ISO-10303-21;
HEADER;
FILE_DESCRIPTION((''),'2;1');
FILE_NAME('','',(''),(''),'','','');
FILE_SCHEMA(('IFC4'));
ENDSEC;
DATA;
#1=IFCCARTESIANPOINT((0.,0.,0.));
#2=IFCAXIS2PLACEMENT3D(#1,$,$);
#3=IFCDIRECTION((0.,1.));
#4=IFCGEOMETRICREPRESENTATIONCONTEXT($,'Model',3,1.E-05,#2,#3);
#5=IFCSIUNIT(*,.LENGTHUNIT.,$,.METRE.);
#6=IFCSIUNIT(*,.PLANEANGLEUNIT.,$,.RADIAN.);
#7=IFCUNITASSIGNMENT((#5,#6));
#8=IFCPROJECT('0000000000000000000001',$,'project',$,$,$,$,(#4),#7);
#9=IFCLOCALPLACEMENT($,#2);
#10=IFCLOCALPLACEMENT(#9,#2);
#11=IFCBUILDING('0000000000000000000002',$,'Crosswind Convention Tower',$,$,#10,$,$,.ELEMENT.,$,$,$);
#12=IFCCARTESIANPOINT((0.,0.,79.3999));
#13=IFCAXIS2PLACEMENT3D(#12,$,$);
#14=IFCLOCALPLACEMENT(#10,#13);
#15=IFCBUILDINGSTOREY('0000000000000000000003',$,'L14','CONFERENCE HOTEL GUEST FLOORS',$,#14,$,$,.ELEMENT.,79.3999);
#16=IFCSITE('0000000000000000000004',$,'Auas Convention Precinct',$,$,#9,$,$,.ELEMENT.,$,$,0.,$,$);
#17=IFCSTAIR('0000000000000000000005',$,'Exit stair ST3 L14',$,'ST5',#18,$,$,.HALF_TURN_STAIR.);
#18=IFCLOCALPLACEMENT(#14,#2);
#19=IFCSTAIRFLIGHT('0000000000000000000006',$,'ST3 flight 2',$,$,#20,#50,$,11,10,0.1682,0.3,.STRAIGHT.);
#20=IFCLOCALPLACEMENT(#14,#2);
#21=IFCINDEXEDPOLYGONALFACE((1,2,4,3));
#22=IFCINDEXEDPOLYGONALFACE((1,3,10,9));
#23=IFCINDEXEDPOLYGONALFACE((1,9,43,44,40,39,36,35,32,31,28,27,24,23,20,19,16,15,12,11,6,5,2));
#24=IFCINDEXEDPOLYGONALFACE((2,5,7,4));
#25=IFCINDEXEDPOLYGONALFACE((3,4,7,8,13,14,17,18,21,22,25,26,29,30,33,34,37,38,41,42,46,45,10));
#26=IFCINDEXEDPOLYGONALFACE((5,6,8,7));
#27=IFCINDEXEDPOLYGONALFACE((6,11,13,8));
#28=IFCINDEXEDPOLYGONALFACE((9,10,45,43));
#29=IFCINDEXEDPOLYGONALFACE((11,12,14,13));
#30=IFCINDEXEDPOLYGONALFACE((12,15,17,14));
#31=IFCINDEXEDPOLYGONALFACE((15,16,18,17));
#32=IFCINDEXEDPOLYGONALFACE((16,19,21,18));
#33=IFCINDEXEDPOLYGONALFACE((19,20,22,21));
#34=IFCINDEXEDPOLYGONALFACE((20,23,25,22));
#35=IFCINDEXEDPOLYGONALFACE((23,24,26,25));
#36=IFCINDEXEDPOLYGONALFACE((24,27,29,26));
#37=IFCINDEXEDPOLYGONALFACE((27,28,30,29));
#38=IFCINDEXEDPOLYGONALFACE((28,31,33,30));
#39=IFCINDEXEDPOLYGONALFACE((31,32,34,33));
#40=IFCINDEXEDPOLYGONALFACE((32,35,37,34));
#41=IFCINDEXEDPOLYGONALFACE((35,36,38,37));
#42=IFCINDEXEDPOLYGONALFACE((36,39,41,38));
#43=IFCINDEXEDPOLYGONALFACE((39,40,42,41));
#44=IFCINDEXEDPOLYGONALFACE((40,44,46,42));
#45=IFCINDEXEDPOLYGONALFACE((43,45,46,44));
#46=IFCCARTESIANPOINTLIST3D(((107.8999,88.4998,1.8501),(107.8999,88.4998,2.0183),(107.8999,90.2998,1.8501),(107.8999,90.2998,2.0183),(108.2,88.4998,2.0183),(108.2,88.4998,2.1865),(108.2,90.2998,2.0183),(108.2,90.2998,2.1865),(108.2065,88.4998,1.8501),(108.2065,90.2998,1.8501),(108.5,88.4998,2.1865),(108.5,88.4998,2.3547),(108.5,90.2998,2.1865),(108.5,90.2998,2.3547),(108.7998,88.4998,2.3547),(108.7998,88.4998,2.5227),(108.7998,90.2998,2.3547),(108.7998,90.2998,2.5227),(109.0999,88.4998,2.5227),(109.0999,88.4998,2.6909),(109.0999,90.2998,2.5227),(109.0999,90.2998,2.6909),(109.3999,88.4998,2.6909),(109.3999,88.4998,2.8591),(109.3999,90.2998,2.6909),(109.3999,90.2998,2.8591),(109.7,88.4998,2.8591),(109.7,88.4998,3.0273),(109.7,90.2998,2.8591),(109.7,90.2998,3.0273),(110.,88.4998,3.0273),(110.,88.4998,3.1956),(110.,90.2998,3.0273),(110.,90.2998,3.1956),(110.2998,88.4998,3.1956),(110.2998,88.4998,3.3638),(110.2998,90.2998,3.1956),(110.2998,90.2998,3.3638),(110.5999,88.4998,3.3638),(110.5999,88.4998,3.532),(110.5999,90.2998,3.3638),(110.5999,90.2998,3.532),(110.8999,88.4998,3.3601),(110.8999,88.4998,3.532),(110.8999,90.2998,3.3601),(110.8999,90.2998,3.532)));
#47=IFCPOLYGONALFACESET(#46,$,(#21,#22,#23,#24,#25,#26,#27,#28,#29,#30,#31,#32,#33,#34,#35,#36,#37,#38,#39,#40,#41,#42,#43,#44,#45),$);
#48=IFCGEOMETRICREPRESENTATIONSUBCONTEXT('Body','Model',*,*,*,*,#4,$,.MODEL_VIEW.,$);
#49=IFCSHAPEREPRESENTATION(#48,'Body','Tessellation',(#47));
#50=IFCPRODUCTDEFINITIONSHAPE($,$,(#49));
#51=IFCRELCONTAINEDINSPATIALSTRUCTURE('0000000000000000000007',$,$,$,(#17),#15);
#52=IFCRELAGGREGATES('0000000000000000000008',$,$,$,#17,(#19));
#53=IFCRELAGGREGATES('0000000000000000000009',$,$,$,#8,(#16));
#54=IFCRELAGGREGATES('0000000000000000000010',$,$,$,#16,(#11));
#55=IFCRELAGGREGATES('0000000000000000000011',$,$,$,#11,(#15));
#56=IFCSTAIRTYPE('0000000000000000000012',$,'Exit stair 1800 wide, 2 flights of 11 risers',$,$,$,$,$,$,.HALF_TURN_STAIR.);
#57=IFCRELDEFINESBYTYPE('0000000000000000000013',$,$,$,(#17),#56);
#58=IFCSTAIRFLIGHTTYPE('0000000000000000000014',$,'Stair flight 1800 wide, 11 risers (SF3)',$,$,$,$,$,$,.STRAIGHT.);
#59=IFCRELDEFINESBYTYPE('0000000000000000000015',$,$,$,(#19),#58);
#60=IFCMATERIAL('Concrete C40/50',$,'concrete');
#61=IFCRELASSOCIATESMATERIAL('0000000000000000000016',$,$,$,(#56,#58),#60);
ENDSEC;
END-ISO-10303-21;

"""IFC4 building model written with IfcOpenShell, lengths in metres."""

from ifc_helpers import new_model, si_unit, direction, frame, origin, place, context, subcontext, project, spatial, polyline, outline, extrude, material, type_object, element, aggregate, save


model = new_model("IFC4")

# Units and contexts
model_context = context("Model", 3, precision=1e-05, world=origin(), true_north=direction((0.0, 1.0)))
body_context = subcontext(model_context, "Body", "Model", "MODEL_VIEW")
ifc_project = project(units=[si_unit("LENGTHUNIT", "METRE"), si_unit("PLANEANGLEUNIT", "RADIAN")], contexts=[model_context])

# Site, building, storey
site_placement = place(None, origin())
site = spatial("IfcSite", under=ifc_project, at=site_placement, Name="Auas Convention Precinct", CompositionType="ELEMENT", RefElevation=0.0)
building_placement = place(site_placement, origin())
building = spatial("IfcBuilding", under=site, at=building_placement, Name="Crosswind Convention Tower", CompositionType="ELEMENT")
storey_placement = place(building_placement, frame((0.0, 0.0, 79.3999)))
storey = spatial("IfcBuildingStorey", under=building, at=storey_placement, Name="L14", Description="CONFERENCE HOTEL GUEST FLOORS", CompositionType="ELEMENT", Elevation=79.3999)

# Stair, stair flight
ifc_material_1 = material(Name="Concrete C40/50", Category="concrete")
stair_type = type_object("IfcStairType", Name="Exit stair 1800 wide, 2 flights of 11 risers", PredefinedType="HALF_TURN_STAIR", material=ifc_material_1)
stair_placement = place(storey_placement, origin())
stair = element("IfcStair", 1, at=stair_placement, inside=storey, type_object=stair_type, Name="Exit stair ST3 L14", ObjectType="ST5", PredefinedType="HALF_TURN_STAIR")
stair_flight_type = type_object("IfcStairFlightType", Name="Stair flight 1800 wide, 11 risers (SF3)", PredefinedType="STRAIGHT", material=ifc_material_1)
stair_flight_1_placement = place(storey_placement, frame((107.8999, 89.3999, 1.8501), z_axis=(0.0, 0.0, 1.0), x_axis=(1.0, 0.0, 0.0)))
stair_flight_1 = element("IfcStairFlight", 2, at=stair_flight_1_placement, type_object=stair_flight_type, Name="ST3 flight 2", NumberOfRisers=11, NumberOfTreads=10, PredefinedType="STRAIGHT", RiserHeight=0.1682, TreadLength=0.3, context=body_context, shape_type="SweptSolid", body=[
    extrude(outline(polyline([(0.0, 0.0), (0.0, 0.1682), (0.3, 0.1682), (0.3, 0.3364), (0.6001, 0.3364), (0.6001, 0.5046), (0.8999, 0.5046), (0.8999, 0.6726), (1.2, 0.6726), (1.2, 0.8408), (1.5, 0.8408), (1.5, 1.009), (1.8, 1.009), (1.8, 1.1772), (2.1001, 1.1772), (2.1001, 1.3455), (2.3999, 1.3455), (2.3999, 1.5137), (2.7, 1.5137), (2.7, 1.6819), (3.0, 1.6819), (3.0, 1.8501), (3.0, 1.51), (0.3066, 0.0), (0.0, 0.0)])), frame((0.0, 0.8999, 0.0), z_axis=(0.0, -1.0, 0.0), x_axis=(1.0, 0.0, 0.0)), (0.0, 0.0, 1.0), 1.8),
])
aggregate(stair, [stair_flight_1])

save(model, "model.ifc")
